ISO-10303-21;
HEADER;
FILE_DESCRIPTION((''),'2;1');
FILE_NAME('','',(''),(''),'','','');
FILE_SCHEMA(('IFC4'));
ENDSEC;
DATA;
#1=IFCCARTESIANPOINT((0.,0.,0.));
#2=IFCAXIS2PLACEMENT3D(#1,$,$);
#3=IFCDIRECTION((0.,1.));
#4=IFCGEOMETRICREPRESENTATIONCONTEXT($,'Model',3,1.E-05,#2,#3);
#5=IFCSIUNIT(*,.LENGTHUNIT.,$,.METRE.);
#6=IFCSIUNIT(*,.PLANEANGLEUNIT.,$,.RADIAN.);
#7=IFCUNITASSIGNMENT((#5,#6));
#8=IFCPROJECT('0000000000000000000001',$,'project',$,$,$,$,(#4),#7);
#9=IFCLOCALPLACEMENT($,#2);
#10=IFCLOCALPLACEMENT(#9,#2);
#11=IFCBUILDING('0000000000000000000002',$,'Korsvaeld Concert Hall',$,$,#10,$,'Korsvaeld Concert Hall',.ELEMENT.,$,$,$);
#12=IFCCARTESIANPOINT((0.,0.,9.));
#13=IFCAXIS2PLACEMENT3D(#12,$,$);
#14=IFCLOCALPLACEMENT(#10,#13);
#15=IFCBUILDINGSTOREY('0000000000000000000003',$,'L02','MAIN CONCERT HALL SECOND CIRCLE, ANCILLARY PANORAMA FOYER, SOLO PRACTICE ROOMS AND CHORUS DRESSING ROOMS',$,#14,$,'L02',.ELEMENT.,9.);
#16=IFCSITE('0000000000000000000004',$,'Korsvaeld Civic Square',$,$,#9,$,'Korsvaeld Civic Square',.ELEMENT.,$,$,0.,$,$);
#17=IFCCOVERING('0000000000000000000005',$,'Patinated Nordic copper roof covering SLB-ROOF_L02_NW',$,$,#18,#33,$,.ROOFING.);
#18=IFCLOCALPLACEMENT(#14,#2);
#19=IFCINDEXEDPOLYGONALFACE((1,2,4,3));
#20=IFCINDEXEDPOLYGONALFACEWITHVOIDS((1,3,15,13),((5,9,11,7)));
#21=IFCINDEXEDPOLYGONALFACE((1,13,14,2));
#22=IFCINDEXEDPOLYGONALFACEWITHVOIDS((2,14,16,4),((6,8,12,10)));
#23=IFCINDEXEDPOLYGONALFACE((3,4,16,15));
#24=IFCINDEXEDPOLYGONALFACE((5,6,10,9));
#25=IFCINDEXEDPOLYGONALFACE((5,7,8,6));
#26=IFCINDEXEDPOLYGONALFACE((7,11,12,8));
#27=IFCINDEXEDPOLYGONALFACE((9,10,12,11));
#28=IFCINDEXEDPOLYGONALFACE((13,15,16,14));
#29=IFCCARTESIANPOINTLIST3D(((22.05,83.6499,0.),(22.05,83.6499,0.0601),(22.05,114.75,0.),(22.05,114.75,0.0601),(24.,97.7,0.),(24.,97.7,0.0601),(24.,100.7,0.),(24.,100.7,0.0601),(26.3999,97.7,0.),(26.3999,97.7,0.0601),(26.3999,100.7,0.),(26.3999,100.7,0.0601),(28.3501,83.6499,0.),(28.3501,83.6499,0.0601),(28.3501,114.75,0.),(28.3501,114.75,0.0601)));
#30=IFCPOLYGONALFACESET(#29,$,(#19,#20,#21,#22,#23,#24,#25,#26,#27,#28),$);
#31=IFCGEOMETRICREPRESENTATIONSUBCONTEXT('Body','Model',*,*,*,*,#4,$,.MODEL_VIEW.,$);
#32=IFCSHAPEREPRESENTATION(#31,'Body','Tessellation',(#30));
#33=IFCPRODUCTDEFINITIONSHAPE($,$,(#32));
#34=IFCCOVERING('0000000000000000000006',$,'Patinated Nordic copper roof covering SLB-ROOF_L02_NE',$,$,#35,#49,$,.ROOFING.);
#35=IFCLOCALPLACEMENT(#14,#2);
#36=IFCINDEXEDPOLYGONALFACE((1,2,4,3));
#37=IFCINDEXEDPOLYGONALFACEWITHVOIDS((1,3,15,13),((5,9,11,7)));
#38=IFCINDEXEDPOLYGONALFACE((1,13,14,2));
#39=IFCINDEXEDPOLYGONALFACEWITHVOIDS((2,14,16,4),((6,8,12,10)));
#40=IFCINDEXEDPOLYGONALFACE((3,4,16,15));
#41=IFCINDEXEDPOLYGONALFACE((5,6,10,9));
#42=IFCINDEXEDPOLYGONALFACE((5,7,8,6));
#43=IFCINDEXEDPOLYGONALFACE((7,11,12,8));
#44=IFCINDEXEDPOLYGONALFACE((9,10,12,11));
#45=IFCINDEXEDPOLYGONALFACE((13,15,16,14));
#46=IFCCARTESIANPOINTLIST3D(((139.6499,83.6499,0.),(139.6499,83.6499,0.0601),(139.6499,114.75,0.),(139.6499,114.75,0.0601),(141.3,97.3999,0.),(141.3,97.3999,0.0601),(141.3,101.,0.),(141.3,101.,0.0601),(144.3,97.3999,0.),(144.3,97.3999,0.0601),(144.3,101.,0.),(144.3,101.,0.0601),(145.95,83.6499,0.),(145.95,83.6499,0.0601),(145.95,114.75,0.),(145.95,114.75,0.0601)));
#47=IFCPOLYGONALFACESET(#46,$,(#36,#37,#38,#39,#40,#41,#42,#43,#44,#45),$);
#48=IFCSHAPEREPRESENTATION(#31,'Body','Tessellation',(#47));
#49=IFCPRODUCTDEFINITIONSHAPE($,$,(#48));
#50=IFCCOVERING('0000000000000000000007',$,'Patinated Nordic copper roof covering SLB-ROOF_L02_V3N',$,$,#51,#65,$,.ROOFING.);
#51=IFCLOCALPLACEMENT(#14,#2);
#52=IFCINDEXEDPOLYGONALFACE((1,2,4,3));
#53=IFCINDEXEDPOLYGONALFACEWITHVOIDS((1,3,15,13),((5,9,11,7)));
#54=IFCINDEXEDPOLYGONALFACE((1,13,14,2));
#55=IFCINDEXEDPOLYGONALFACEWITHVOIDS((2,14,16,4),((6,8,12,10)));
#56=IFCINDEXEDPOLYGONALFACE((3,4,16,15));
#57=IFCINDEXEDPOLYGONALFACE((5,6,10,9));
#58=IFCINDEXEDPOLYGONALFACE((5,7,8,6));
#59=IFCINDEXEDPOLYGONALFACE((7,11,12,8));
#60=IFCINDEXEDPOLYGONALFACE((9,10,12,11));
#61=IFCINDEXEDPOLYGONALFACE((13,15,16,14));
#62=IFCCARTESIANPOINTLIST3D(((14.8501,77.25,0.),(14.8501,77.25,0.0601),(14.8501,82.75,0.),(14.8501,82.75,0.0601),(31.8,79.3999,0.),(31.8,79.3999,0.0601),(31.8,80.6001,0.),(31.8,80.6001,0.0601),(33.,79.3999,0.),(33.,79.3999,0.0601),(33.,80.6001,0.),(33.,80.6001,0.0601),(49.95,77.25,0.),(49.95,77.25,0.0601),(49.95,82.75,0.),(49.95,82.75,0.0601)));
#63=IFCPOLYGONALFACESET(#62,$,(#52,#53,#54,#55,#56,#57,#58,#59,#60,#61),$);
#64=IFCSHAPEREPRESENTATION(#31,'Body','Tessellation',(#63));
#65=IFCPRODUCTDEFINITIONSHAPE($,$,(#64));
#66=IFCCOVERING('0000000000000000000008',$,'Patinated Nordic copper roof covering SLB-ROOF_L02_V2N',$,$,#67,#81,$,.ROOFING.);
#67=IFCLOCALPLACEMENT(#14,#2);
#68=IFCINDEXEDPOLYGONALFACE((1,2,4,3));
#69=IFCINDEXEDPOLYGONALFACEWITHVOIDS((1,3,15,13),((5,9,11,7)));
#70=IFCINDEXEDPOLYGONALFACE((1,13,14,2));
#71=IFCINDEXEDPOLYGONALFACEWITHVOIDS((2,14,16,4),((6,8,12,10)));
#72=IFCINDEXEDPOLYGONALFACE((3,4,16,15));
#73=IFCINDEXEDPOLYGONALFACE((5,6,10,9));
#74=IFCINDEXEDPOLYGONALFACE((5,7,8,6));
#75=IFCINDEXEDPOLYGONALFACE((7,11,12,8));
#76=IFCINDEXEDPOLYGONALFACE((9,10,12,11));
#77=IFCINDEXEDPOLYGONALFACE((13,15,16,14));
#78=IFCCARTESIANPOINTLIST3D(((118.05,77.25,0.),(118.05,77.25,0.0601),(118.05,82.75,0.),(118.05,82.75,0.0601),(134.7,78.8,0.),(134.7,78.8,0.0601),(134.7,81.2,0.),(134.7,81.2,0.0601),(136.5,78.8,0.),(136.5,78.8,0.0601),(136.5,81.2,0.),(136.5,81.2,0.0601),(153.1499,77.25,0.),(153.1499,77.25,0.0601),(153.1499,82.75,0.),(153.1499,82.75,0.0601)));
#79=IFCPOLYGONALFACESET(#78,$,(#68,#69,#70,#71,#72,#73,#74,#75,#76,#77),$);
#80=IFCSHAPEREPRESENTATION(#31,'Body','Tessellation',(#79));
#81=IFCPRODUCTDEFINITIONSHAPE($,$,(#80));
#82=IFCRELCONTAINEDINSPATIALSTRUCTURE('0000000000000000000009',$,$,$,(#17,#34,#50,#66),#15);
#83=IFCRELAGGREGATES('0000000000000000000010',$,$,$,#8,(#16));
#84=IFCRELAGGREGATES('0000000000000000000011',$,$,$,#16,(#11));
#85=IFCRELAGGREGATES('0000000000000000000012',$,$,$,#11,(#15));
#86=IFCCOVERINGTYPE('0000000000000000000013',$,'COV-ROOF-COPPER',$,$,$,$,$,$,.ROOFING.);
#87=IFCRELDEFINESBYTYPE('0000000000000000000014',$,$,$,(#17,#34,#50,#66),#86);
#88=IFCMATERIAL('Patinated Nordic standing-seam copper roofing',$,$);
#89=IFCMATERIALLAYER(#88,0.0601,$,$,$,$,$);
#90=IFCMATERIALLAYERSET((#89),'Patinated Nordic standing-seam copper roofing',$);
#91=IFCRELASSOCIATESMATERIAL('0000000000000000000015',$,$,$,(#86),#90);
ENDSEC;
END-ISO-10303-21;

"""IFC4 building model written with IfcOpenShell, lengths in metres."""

from ifc_helpers import new_model, si_unit, direction, frame, origin, place, context, subcontext, project, spatial, polyline, outline, extrude, material, layer, layer_set, type_object, element, save


model = new_model("IFC4")

# Units and contexts
model_context = context("Model", 3, precision=1e-05, world=origin(), true_north=direction((0.0, 1.0)))
body_context = subcontext(model_context, "Body", "Model", "MODEL_VIEW")
ifc_project = project(units=[si_unit("LENGTHUNIT", "METRE"), si_unit("PLANEANGLEUNIT", "RADIAN")], contexts=[model_context])

# Site, building, storey
site_placement = place(None, origin())
site = spatial("IfcSite", under=ifc_project, at=site_placement, Name="Korsvaeld Civic Square", LongName="Korsvaeld Civic Square", CompositionType="ELEMENT", RefElevation=0.0)
building_placement = place(site_placement, origin())
building = spatial("IfcBuilding", under=site, at=building_placement, Name="Korsvaeld Concert Hall", LongName="Korsvaeld Concert Hall", CompositionType="ELEMENT")
storey_placement = place(building_placement, frame((0.0, 0.0, 9.0)))
storey = spatial("IfcBuildingStorey", under=building, at=storey_placement, Name="L02", Description="MAIN CONCERT HALL SECOND CIRCLE, ANCILLARY PANORAMA FOYER, SOLO PRACTICE ROOMS AND CHORUS DRESSING ROOMS", LongName="L02", CompositionType="ELEMENT", Elevation=9.0)

# Coverings
ifc_material_1 = material(Name="Patinated Nordic standing-seam copper roofing")
ifc_layer_1 = layer(ifc_material_1, 0.0601)
ifc_layer_set_1 = layer_set([ifc_layer_1], Name="Patinated Nordic standing-seam copper roofing")
covering_type_1 = type_object("IfcCoveringType", Name="COV-ROOF-COPPER", PredefinedType="ROOFING", material=ifc_layer_set_1)
covering_1_placement = place(storey_placement, origin())
element("IfcCovering", 1, at=covering_1_placement, inside=storey, type_object=covering_type_1, Name="Patinated Nordic copper roof covering SLB-ROOF_L02_NW", PredefinedType="ROOFING", context=body_context, shape_type="SweptSolid", body=[
    extrude(outline(polyline([(22.05, 83.6499), (22.05, 114.75), (28.3501, 114.75), (28.3501, 83.6499), (22.05, 83.6499)]), holes=[polyline([(24.0, 97.7), (26.3999, 97.7), (26.3999, 100.7), (24.0, 100.7), (24.0, 97.7)])]), origin(), (0.0, 0.0, 1.0), 0.0601),
])
covering_2_placement = place(storey_placement, origin())
element("IfcCovering", 2, at=covering_2_placement, inside=storey, type_object=covering_type_1, Name="Patinated Nordic copper roof covering SLB-ROOF_L02_NE", PredefinedType="ROOFING", context=body_context, shape_type="SweptSolid", body=[
    extrude(outline(polyline([(139.6499, 83.6499), (139.6499, 114.75), (145.95, 114.75), (145.95, 83.6499), (139.6499, 83.6499)]), holes=[polyline([(141.3, 97.3999), (144.3, 97.3999), (144.3, 101.0), (141.3, 101.0), (141.3, 97.3999)])]), origin(), (0.0, 0.0, 1.0), 0.0601),
])
covering_3_placement = place(storey_placement, origin())
element("IfcCovering", 3, at=covering_3_placement, inside=storey, type_object=covering_type_1, Name="Patinated Nordic copper roof covering SLB-ROOF_L02_V3N", PredefinedType="ROOFING", context=body_context, shape_type="SweptSolid", body=[
    extrude(outline(polyline([(14.8501, 77.25), (14.8501, 82.75), (49.95, 82.75), (49.95, 77.25), (14.8501, 77.25)]), holes=[polyline([(31.8, 79.3999), (33.0, 79.3999), (33.0, 80.6001), (31.8, 80.6001), (31.8, 79.3999)])]), origin(), (0.0, 0.0, 1.0), 0.0601),
])
covering_4_placement = place(storey_placement, origin())
element("IfcCovering", 4, at=covering_4_placement, inside=storey, type_object=covering_type_1, Name="Patinated Nordic copper roof covering SLB-ROOF_L02_V2N", PredefinedType="ROOFING", context=body_context, shape_type="SweptSolid", body=[
    extrude(outline(polyline([(118.05, 77.25), (118.05, 82.75), (153.1499, 82.75), (153.1499, 77.25), (118.05, 77.25)]), holes=[polyline([(134.7, 78.8), (136.5, 78.8), (136.5, 81.2), (134.7, 81.2), (134.7, 78.8)])]), origin(), (0.0, 0.0, 1.0), 0.0601),
])

save(model, "model.ifc")
